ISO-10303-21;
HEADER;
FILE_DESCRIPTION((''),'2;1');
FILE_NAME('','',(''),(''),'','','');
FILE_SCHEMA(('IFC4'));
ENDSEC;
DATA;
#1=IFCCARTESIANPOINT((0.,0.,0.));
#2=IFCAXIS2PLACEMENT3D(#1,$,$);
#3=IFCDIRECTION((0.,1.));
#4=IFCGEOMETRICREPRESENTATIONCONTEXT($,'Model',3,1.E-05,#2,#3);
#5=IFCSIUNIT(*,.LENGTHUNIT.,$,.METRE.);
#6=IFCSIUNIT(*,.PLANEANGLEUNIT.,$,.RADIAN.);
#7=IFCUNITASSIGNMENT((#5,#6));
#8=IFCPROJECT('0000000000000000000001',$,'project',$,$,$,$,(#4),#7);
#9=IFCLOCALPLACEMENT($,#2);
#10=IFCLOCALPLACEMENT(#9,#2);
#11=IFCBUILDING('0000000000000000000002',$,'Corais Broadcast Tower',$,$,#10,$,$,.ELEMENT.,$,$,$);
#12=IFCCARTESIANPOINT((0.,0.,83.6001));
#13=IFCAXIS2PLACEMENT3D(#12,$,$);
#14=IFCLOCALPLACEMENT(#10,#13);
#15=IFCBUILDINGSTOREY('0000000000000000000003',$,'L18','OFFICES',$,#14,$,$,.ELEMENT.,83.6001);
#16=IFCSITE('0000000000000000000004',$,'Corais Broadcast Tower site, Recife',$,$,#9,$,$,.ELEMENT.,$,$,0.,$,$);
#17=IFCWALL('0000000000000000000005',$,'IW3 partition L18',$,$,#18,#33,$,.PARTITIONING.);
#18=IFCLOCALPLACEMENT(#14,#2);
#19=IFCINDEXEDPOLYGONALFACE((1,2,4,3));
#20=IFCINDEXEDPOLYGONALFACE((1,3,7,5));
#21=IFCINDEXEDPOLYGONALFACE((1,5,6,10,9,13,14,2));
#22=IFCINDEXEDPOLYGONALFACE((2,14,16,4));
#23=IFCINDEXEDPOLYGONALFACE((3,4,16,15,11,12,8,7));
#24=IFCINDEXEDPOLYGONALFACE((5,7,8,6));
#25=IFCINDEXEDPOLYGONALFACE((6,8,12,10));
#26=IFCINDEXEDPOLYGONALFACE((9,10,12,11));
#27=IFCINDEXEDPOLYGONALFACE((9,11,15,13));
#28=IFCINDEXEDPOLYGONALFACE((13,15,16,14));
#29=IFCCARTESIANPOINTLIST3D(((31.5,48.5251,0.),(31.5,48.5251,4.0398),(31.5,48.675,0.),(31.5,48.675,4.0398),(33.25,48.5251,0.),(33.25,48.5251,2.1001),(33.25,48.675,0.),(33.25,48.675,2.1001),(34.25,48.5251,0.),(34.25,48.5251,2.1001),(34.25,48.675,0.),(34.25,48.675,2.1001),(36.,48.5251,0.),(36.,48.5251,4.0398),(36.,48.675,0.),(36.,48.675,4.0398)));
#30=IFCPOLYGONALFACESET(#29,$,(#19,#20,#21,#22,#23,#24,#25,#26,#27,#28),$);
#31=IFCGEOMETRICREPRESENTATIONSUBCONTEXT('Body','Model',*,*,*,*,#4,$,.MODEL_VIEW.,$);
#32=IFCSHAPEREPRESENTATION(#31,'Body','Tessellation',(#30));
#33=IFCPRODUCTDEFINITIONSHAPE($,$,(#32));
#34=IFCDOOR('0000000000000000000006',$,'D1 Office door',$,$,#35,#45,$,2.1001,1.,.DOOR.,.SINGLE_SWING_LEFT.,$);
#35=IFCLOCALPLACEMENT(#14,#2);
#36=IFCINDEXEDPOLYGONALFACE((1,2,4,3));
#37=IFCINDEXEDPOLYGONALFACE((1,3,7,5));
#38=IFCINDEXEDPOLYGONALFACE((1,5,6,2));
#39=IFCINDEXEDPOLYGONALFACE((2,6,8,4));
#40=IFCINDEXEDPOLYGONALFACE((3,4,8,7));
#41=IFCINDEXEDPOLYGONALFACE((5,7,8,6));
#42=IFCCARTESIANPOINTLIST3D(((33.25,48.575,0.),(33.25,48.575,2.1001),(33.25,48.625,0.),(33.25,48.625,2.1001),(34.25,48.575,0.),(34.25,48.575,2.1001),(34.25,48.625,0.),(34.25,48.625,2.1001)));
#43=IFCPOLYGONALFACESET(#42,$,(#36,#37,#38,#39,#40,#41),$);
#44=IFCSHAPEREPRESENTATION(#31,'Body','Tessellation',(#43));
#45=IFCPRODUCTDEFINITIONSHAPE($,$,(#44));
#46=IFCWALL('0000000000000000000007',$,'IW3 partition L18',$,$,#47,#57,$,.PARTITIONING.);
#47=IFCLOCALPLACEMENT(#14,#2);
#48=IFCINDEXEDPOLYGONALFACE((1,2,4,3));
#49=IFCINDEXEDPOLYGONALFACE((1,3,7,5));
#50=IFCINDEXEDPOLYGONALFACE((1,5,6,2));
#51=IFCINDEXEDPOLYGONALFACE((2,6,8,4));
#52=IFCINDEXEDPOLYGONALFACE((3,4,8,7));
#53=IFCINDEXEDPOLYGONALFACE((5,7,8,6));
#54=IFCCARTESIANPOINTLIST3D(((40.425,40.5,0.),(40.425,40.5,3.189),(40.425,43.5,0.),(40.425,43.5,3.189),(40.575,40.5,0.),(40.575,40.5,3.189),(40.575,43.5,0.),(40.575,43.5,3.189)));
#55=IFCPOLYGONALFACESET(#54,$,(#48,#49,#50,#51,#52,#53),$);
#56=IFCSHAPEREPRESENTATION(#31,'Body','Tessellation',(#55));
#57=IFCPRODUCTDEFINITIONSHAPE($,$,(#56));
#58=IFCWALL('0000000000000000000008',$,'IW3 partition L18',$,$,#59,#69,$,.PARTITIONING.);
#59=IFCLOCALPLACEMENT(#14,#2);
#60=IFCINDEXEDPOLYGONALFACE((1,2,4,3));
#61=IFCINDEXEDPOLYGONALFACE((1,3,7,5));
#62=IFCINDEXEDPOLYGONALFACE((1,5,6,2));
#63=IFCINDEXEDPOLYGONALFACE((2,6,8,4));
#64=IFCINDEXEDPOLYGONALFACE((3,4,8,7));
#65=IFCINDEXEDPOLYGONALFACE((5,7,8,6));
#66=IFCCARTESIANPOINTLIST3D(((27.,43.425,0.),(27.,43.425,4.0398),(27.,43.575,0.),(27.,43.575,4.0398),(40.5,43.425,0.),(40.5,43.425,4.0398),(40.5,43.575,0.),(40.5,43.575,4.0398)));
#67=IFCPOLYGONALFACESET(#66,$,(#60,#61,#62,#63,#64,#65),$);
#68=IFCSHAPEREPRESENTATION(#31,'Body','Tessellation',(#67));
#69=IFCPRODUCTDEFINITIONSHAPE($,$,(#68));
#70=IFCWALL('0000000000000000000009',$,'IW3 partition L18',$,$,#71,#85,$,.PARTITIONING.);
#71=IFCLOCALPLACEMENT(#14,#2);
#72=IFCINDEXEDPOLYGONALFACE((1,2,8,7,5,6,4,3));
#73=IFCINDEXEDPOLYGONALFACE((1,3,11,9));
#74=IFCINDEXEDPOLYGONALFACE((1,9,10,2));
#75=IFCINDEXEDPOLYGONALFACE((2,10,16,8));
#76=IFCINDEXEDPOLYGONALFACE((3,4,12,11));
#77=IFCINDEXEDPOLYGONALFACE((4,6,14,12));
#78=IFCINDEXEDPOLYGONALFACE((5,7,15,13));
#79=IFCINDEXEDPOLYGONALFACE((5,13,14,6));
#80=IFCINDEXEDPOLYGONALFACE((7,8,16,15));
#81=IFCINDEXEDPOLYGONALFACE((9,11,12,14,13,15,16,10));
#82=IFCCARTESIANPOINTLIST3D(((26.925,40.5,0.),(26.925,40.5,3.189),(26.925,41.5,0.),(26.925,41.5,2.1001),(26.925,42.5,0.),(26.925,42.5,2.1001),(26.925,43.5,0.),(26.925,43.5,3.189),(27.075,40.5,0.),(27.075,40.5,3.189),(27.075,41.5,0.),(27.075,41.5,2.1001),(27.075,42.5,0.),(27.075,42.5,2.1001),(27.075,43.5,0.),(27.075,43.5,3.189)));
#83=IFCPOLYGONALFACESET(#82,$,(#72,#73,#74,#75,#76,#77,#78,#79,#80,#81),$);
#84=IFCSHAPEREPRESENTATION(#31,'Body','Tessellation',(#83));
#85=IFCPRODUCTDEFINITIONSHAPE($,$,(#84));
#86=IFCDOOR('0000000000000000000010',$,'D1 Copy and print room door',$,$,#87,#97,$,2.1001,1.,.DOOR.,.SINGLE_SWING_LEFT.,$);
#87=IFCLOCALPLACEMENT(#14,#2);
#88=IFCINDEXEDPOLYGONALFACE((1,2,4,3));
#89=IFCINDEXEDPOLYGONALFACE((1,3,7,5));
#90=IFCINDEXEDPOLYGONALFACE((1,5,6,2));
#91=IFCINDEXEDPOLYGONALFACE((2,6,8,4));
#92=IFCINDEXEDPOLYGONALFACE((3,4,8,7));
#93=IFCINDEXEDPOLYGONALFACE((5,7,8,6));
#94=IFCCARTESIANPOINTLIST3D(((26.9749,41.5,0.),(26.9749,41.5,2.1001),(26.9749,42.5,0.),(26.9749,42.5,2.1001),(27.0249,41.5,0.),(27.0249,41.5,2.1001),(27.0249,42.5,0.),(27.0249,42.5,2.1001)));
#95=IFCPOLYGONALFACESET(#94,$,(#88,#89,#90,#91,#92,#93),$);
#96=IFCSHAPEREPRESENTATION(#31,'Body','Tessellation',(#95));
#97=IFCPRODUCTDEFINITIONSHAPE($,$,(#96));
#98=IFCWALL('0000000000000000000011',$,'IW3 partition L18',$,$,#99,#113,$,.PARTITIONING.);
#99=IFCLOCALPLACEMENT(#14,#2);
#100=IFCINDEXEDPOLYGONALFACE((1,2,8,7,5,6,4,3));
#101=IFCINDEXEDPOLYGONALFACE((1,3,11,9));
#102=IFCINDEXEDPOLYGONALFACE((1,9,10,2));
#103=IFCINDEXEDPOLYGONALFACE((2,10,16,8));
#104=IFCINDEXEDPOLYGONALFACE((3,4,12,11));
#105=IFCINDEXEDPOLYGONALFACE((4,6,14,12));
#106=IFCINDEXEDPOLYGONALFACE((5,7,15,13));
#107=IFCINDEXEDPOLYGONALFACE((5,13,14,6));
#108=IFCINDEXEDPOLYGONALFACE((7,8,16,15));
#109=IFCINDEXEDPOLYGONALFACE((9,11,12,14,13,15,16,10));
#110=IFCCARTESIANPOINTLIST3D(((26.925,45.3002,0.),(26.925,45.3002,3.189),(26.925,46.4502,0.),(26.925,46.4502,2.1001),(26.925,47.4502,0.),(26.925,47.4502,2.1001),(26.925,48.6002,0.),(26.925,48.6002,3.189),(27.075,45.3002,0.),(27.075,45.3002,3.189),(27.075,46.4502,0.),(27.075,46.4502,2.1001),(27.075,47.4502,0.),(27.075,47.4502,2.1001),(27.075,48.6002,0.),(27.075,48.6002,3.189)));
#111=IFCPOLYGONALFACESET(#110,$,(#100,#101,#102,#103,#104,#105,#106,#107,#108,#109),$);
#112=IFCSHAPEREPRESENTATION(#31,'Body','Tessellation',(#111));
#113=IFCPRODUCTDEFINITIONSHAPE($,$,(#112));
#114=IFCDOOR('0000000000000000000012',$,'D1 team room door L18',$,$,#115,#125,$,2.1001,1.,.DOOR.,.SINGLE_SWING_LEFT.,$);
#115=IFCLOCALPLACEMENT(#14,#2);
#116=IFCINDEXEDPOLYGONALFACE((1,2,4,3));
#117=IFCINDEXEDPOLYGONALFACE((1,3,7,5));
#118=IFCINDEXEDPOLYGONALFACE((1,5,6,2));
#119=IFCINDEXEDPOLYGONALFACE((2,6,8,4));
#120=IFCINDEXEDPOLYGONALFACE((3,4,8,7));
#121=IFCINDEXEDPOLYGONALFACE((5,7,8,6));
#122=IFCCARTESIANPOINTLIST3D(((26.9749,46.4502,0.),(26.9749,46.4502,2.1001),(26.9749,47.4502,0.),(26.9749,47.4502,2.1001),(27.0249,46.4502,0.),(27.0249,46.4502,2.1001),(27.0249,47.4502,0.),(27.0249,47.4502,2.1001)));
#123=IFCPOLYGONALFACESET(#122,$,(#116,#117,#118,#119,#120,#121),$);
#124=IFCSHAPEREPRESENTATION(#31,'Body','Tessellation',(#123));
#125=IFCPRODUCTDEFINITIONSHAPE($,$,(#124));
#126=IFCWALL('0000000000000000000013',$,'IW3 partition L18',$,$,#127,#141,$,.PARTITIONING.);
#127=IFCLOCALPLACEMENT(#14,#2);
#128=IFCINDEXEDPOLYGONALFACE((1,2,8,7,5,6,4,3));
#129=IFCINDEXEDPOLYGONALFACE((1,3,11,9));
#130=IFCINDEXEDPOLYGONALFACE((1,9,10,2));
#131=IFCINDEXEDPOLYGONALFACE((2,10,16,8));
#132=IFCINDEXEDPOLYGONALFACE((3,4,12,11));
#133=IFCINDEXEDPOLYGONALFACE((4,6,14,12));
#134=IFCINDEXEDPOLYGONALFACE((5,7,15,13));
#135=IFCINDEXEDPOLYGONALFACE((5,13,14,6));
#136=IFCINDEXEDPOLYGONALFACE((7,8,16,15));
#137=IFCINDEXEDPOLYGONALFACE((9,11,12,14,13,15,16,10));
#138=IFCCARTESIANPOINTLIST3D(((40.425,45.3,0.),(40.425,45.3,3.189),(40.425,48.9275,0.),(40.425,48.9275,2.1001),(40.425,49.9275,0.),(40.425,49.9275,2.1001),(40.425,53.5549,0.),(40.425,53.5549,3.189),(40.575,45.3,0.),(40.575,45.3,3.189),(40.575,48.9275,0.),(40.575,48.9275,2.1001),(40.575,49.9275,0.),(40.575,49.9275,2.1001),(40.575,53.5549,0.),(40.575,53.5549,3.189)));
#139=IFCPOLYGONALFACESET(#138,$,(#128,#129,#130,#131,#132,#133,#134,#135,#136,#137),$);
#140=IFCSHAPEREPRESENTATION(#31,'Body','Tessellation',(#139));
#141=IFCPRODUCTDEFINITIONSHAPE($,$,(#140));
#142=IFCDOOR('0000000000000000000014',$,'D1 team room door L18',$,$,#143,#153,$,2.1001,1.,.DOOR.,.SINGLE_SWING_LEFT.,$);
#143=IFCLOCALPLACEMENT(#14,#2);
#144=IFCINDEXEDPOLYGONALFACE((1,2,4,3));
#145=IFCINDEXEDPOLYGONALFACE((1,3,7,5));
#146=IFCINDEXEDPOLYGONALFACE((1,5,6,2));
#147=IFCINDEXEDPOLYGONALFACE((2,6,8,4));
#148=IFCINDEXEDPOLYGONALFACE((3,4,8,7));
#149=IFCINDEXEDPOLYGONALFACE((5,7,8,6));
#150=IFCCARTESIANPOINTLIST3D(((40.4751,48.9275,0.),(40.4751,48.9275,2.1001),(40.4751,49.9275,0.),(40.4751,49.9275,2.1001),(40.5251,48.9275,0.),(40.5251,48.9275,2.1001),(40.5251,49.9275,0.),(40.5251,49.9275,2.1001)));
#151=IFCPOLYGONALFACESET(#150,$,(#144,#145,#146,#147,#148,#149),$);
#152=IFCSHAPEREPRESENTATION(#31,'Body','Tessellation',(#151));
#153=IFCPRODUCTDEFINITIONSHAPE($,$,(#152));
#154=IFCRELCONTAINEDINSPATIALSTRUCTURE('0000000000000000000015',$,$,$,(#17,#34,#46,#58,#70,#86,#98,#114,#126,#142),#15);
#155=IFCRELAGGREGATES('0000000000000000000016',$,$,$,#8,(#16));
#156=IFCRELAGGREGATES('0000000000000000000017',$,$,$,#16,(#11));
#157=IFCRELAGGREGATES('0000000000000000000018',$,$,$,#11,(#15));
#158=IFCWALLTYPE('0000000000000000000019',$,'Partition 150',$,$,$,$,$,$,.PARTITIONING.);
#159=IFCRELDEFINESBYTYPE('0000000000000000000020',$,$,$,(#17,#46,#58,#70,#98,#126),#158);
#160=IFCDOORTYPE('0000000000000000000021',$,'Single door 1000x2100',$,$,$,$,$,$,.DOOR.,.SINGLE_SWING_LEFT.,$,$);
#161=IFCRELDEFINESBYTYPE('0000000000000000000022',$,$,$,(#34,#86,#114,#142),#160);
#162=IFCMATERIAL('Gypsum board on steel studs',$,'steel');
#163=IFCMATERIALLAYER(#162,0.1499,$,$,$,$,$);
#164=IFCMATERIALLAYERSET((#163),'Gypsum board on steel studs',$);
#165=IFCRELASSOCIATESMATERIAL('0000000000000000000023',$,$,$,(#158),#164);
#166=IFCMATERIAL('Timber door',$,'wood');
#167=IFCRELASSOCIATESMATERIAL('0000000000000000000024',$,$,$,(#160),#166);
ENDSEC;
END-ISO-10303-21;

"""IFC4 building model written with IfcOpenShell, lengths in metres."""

from ifc_helpers import new_model, si_unit, direction, frame, frame_2d, origin, place, context, subcontext, project, spatial, rectangle, extrude, material, layer, layer_set, type_object, element, fill, save


model = new_model("IFC4")

# Units and contexts
model_context = context("Model", 3, precision=1e-05, world=origin(), true_north=direction((0.0, 1.0)))
body_context = subcontext(model_context, "Body", "Model", "MODEL_VIEW")
ifc_project = project(units=[si_unit("LENGTHUNIT", "METRE"), si_unit("PLANEANGLEUNIT", "RADIAN")], contexts=[model_context])

# Site, building, storey
site_placement = place(None, origin())
site = spatial("IfcSite", under=ifc_project, at=site_placement, Name="Corais Broadcast Tower site, Recife", CompositionType="ELEMENT", RefElevation=0.0)
building_placement = place(site_placement, origin())
building = spatial("IfcBuilding", under=site, at=building_placement, Name="Corais Broadcast Tower", CompositionType="ELEMENT")
storey_placement = place(building_placement, frame((0.0, 0.0, 83.6001)))
storey = spatial("IfcBuildingStorey", under=building, at=storey_placement, Name="L18", Description="OFFICES", CompositionType="ELEMENT", Elevation=83.6001)

# Shared definitions
ifc_material_1 = material(Name="Gypsum board on steel studs", Category="steel")
ifc_layer = layer(ifc_material_1, 0.1499)
ifc_layer_set = layer_set([ifc_layer], Name="Gypsum board on steel studs")
wall_type = type_object("IfcWallType", Name="Partition 150", PredefinedType="PARTITIONING", material=ifc_layer_set)
ifc_material_2 = material(Name="Timber door", Category="wood")
door_type = type_object("IfcDoorType", Name="Single door 1000x2100", OperationType="SINGLE_SWING_LEFT", PredefinedType="DOOR", material=ifc_material_2)

# Wall, opening, door
wall_1_placement = place(storey_placement, frame((31.5, 48.6001, 0.0), z_axis=(0.0, 0.0, 1.0), x_axis=(1.0, 0.0, 0.0)))
wall_1 = element("IfcWall", 1, at=wall_1_placement, inside=storey, type_object=wall_type, Name="IW3 partition L18", PredefinedType="PARTITIONING", context=body_context, shape_type="SweptSolid", body=[
    extrude(rectangle(XDim=4.5, YDim=0.1499, at=frame_2d((2.25, 0.0))), origin(), (0.0, 0.0, 1.0), 4.0398),
])
opening_1_placement = place(wall_1_placement, frame((1.75, 0.0, 0.0)))
opening_1 = element("IfcOpeningElement", 2, at=opening_1_placement, cuts=wall_1, PredefinedType="OPENING", context=body_context, shape_type="SweptSolid", body=[
    extrude(rectangle(XDim=1.0, YDim=2.1001, at=frame_2d((0.5, 1.05))), frame((0.0, 0.085, 0.0), z_axis=(0.0, -1.0, 0.0), x_axis=(1.0, 0.0, 0.0)), (0.0, 0.0, 1.0), 0.1699),
])
door_1_placement = place(opening_1_placement, origin())
door_1 = element("IfcDoor", 3, at=door_1_placement, inside=storey, type_object=door_type, Name="D1 Office door", OperationType="SINGLE_SWING_LEFT", OverallHeight=2.1001, OverallWidth=1.0, PredefinedType="DOOR", context=body_context, shape_type="SweptSolid", body=[
    extrude(rectangle(XDim=1.0, YDim=2.1001, at=frame_2d((0.5, 1.05))), frame((0.0, 0.0249, 0.0), z_axis=(0.0, -1.0, 0.0), x_axis=(1.0, 0.0, 0.0)), (0.0, 0.0, 1.0), 0.05),
])
fill(opening_1, door_1)

# Walls
wall_2_placement = place(storey_placement, frame((40.5, 40.5, 0.0), z_axis=(0.0, 0.0, 1.0), x_axis=(0.0, 1.0, 0.0)))
element("IfcWall", 4, at=wall_2_placement, inside=storey, type_object=wall_type, Name="IW3 partition L18", PredefinedType="PARTITIONING", context=body_context, shape_type="SweptSolid", body=[
    extrude(rectangle(XDim=3.0, YDim=0.1499, at=frame_2d((1.5, 0.0))), origin(), (0.0, 0.0, 1.0), 3.189),
])
wall_3_placement = place(storey_placement, frame((40.5, 43.5, 0.0), z_axis=(0.0, 0.0, 1.0), x_axis=(-1.0, 0.0, 0.0)))
element("IfcWall", 5, at=wall_3_placement, inside=storey, type_object=wall_type, Name="IW3 partition L18", PredefinedType="PARTITIONING", context=body_context, shape_type="SweptSolid", body=[
    extrude(rectangle(XDim=13.5, YDim=0.1499, at=frame_2d((6.75, 0.0))), origin(), (0.0, 0.0, 1.0), 4.0398),
])

# Walls, openings, doors
wall_4_placement = place(storey_placement, frame((27.0, 43.5, 0.0), z_axis=(0.0, 0.0, 1.0), x_axis=(0.0, -1.0, 0.0)))
wall_4 = element("IfcWall", 6, at=wall_4_placement, inside=storey, type_object=wall_type, Name="IW3 partition L18", PredefinedType="PARTITIONING", context=body_context, shape_type="SweptSolid", body=[
    extrude(rectangle(XDim=3.0, YDim=0.1499, at=frame_2d((1.5, 0.0))), origin(), (0.0, 0.0, 1.0), 3.189),
])
opening_2_placement = place(wall_4_placement, frame((1.0, 0.0, 0.0)))
opening_2 = element("IfcOpeningElement", 7, at=opening_2_placement, cuts=wall_4, PredefinedType="OPENING", context=body_context, shape_type="SweptSolid", body=[
    extrude(rectangle(XDim=1.0, YDim=2.1001, at=frame_2d((0.5, 1.05))), frame((0.0, 0.085, 0.0), z_axis=(0.0, -1.0, 0.0), x_axis=(1.0, 0.0, 0.0)), (0.0, 0.0, 1.0), 0.1699),
])
door_2_placement = place(opening_2_placement, origin())
door_2 = element("IfcDoor", 8, at=door_2_placement, inside=storey, type_object=door_type, Name="D1 Copy and print room door", OperationType="SINGLE_SWING_LEFT", OverallHeight=2.1001, OverallWidth=1.0, PredefinedType="DOOR", context=body_context, shape_type="SweptSolid", body=[
    extrude(rectangle(XDim=1.0, YDim=2.1001, at=frame_2d((0.5, 1.05))), frame((0.0, 0.0249, 0.0), z_axis=(0.0, -1.0, 0.0), x_axis=(1.0, 0.0, 0.0)), (0.0, 0.0, 1.0), 0.05),
])
fill(opening_2, door_2)
wall_5_placement = place(storey_placement, frame((27.0, 48.6001, 0.0), z_axis=(0.0, 0.0, 1.0), x_axis=(0.0, -1.0, 0.0)))
wall_5 = element("IfcWall", 9, at=wall_5_placement, inside=storey, type_object=wall_type, Name="IW3 partition L18", PredefinedType="PARTITIONING", context=body_context, shape_type="SweptSolid", body=[
    extrude(rectangle(XDim=3.3, YDim=0.1499, at=frame_2d((1.6499, 0.0))), origin(), (0.0, 0.0, 1.0), 3.189),
])
opening_3_placement = place(wall_5_placement, frame((1.1499, 0.0, 0.0)))
opening_3 = element("IfcOpeningElement", 10, at=opening_3_placement, cuts=wall_5, PredefinedType="OPENING", context=body_context, shape_type="SweptSolid", body=[
    extrude(rectangle(XDim=1.0, YDim=2.1001, at=frame_2d((0.5, 1.05))), frame((0.0, 0.085, 0.0), z_axis=(0.0, -1.0, 0.0), x_axis=(1.0, 0.0, 0.0)), (0.0, 0.0, 1.0), 0.1699),
])
door_3_placement = place(opening_3_placement, origin())
door_3 = element("IfcDoor", 11, at=door_3_placement, inside=storey, type_object=door_type, Name="D1 team room door L18", OperationType="SINGLE_SWING_LEFT", OverallHeight=2.1001, OverallWidth=1.0, PredefinedType="DOOR", context=body_context, shape_type="SweptSolid", body=[
    extrude(rectangle(XDim=1.0, YDim=2.1001, at=frame_2d((0.5, 1.05))), frame((0.0, 0.0249, 0.0), z_axis=(0.0, -1.0, 0.0), x_axis=(1.0, 0.0, 0.0)), (0.0, 0.0, 1.0), 0.05),
])
fill(opening_3, door_3)
wall_6_placement = place(storey_placement, frame((40.5, 45.3, 0.0), z_axis=(0.0, 0.0, 1.0), x_axis=(0.0, 1.0, 0.0)))
wall_6 = element("IfcWall", 12, at=wall_6_placement, inside=storey, type_object=wall_type, Name="IW3 partition L18", PredefinedType="PARTITIONING", context=body_context, shape_type="SweptSolid", body=[
    extrude(rectangle(XDim=8.2549, YDim=0.1499, at=frame_2d((4.1274, 0.0))), origin(), (0.0, 0.0, 1.0), 3.189),
])
opening_4_placement = place(wall_6_placement, frame((3.6274, 0.0, 0.0)))
opening_4 = element("IfcOpeningElement", 13, at=opening_4_placement, cuts=wall_6, PredefinedType="OPENING", context=body_context, shape_type="SweptSolid", body=[
    extrude(rectangle(XDim=1.0, YDim=2.1001, at=frame_2d((0.5, 1.05))), frame((0.0, 0.085, 0.0), z_axis=(0.0, -1.0, 0.0), x_axis=(1.0, 0.0, 0.0)), (0.0, 0.0, 1.0), 0.1699),
])
door_4_placement = place(opening_4_placement, origin())
door_4 = element("IfcDoor", 14, at=door_4_placement, inside=storey, type_object=door_type, Name="D1 team room door L18", OperationType="SINGLE_SWING_LEFT", OverallHeight=2.1001, OverallWidth=1.0, PredefinedType="DOOR", context=body_context, shape_type="SweptSolid", body=[
    extrude(rectangle(XDim=1.0, YDim=2.1001, at=frame_2d((0.5, 1.05))), frame((0.0, 0.0249, 0.0), z_axis=(0.0, -1.0, 0.0), x_axis=(1.0, 0.0, 0.0)), (0.0, 0.0, 1.0), 0.05),
])
fill(opening_4, door_4)

save(model, "model.ifc")
